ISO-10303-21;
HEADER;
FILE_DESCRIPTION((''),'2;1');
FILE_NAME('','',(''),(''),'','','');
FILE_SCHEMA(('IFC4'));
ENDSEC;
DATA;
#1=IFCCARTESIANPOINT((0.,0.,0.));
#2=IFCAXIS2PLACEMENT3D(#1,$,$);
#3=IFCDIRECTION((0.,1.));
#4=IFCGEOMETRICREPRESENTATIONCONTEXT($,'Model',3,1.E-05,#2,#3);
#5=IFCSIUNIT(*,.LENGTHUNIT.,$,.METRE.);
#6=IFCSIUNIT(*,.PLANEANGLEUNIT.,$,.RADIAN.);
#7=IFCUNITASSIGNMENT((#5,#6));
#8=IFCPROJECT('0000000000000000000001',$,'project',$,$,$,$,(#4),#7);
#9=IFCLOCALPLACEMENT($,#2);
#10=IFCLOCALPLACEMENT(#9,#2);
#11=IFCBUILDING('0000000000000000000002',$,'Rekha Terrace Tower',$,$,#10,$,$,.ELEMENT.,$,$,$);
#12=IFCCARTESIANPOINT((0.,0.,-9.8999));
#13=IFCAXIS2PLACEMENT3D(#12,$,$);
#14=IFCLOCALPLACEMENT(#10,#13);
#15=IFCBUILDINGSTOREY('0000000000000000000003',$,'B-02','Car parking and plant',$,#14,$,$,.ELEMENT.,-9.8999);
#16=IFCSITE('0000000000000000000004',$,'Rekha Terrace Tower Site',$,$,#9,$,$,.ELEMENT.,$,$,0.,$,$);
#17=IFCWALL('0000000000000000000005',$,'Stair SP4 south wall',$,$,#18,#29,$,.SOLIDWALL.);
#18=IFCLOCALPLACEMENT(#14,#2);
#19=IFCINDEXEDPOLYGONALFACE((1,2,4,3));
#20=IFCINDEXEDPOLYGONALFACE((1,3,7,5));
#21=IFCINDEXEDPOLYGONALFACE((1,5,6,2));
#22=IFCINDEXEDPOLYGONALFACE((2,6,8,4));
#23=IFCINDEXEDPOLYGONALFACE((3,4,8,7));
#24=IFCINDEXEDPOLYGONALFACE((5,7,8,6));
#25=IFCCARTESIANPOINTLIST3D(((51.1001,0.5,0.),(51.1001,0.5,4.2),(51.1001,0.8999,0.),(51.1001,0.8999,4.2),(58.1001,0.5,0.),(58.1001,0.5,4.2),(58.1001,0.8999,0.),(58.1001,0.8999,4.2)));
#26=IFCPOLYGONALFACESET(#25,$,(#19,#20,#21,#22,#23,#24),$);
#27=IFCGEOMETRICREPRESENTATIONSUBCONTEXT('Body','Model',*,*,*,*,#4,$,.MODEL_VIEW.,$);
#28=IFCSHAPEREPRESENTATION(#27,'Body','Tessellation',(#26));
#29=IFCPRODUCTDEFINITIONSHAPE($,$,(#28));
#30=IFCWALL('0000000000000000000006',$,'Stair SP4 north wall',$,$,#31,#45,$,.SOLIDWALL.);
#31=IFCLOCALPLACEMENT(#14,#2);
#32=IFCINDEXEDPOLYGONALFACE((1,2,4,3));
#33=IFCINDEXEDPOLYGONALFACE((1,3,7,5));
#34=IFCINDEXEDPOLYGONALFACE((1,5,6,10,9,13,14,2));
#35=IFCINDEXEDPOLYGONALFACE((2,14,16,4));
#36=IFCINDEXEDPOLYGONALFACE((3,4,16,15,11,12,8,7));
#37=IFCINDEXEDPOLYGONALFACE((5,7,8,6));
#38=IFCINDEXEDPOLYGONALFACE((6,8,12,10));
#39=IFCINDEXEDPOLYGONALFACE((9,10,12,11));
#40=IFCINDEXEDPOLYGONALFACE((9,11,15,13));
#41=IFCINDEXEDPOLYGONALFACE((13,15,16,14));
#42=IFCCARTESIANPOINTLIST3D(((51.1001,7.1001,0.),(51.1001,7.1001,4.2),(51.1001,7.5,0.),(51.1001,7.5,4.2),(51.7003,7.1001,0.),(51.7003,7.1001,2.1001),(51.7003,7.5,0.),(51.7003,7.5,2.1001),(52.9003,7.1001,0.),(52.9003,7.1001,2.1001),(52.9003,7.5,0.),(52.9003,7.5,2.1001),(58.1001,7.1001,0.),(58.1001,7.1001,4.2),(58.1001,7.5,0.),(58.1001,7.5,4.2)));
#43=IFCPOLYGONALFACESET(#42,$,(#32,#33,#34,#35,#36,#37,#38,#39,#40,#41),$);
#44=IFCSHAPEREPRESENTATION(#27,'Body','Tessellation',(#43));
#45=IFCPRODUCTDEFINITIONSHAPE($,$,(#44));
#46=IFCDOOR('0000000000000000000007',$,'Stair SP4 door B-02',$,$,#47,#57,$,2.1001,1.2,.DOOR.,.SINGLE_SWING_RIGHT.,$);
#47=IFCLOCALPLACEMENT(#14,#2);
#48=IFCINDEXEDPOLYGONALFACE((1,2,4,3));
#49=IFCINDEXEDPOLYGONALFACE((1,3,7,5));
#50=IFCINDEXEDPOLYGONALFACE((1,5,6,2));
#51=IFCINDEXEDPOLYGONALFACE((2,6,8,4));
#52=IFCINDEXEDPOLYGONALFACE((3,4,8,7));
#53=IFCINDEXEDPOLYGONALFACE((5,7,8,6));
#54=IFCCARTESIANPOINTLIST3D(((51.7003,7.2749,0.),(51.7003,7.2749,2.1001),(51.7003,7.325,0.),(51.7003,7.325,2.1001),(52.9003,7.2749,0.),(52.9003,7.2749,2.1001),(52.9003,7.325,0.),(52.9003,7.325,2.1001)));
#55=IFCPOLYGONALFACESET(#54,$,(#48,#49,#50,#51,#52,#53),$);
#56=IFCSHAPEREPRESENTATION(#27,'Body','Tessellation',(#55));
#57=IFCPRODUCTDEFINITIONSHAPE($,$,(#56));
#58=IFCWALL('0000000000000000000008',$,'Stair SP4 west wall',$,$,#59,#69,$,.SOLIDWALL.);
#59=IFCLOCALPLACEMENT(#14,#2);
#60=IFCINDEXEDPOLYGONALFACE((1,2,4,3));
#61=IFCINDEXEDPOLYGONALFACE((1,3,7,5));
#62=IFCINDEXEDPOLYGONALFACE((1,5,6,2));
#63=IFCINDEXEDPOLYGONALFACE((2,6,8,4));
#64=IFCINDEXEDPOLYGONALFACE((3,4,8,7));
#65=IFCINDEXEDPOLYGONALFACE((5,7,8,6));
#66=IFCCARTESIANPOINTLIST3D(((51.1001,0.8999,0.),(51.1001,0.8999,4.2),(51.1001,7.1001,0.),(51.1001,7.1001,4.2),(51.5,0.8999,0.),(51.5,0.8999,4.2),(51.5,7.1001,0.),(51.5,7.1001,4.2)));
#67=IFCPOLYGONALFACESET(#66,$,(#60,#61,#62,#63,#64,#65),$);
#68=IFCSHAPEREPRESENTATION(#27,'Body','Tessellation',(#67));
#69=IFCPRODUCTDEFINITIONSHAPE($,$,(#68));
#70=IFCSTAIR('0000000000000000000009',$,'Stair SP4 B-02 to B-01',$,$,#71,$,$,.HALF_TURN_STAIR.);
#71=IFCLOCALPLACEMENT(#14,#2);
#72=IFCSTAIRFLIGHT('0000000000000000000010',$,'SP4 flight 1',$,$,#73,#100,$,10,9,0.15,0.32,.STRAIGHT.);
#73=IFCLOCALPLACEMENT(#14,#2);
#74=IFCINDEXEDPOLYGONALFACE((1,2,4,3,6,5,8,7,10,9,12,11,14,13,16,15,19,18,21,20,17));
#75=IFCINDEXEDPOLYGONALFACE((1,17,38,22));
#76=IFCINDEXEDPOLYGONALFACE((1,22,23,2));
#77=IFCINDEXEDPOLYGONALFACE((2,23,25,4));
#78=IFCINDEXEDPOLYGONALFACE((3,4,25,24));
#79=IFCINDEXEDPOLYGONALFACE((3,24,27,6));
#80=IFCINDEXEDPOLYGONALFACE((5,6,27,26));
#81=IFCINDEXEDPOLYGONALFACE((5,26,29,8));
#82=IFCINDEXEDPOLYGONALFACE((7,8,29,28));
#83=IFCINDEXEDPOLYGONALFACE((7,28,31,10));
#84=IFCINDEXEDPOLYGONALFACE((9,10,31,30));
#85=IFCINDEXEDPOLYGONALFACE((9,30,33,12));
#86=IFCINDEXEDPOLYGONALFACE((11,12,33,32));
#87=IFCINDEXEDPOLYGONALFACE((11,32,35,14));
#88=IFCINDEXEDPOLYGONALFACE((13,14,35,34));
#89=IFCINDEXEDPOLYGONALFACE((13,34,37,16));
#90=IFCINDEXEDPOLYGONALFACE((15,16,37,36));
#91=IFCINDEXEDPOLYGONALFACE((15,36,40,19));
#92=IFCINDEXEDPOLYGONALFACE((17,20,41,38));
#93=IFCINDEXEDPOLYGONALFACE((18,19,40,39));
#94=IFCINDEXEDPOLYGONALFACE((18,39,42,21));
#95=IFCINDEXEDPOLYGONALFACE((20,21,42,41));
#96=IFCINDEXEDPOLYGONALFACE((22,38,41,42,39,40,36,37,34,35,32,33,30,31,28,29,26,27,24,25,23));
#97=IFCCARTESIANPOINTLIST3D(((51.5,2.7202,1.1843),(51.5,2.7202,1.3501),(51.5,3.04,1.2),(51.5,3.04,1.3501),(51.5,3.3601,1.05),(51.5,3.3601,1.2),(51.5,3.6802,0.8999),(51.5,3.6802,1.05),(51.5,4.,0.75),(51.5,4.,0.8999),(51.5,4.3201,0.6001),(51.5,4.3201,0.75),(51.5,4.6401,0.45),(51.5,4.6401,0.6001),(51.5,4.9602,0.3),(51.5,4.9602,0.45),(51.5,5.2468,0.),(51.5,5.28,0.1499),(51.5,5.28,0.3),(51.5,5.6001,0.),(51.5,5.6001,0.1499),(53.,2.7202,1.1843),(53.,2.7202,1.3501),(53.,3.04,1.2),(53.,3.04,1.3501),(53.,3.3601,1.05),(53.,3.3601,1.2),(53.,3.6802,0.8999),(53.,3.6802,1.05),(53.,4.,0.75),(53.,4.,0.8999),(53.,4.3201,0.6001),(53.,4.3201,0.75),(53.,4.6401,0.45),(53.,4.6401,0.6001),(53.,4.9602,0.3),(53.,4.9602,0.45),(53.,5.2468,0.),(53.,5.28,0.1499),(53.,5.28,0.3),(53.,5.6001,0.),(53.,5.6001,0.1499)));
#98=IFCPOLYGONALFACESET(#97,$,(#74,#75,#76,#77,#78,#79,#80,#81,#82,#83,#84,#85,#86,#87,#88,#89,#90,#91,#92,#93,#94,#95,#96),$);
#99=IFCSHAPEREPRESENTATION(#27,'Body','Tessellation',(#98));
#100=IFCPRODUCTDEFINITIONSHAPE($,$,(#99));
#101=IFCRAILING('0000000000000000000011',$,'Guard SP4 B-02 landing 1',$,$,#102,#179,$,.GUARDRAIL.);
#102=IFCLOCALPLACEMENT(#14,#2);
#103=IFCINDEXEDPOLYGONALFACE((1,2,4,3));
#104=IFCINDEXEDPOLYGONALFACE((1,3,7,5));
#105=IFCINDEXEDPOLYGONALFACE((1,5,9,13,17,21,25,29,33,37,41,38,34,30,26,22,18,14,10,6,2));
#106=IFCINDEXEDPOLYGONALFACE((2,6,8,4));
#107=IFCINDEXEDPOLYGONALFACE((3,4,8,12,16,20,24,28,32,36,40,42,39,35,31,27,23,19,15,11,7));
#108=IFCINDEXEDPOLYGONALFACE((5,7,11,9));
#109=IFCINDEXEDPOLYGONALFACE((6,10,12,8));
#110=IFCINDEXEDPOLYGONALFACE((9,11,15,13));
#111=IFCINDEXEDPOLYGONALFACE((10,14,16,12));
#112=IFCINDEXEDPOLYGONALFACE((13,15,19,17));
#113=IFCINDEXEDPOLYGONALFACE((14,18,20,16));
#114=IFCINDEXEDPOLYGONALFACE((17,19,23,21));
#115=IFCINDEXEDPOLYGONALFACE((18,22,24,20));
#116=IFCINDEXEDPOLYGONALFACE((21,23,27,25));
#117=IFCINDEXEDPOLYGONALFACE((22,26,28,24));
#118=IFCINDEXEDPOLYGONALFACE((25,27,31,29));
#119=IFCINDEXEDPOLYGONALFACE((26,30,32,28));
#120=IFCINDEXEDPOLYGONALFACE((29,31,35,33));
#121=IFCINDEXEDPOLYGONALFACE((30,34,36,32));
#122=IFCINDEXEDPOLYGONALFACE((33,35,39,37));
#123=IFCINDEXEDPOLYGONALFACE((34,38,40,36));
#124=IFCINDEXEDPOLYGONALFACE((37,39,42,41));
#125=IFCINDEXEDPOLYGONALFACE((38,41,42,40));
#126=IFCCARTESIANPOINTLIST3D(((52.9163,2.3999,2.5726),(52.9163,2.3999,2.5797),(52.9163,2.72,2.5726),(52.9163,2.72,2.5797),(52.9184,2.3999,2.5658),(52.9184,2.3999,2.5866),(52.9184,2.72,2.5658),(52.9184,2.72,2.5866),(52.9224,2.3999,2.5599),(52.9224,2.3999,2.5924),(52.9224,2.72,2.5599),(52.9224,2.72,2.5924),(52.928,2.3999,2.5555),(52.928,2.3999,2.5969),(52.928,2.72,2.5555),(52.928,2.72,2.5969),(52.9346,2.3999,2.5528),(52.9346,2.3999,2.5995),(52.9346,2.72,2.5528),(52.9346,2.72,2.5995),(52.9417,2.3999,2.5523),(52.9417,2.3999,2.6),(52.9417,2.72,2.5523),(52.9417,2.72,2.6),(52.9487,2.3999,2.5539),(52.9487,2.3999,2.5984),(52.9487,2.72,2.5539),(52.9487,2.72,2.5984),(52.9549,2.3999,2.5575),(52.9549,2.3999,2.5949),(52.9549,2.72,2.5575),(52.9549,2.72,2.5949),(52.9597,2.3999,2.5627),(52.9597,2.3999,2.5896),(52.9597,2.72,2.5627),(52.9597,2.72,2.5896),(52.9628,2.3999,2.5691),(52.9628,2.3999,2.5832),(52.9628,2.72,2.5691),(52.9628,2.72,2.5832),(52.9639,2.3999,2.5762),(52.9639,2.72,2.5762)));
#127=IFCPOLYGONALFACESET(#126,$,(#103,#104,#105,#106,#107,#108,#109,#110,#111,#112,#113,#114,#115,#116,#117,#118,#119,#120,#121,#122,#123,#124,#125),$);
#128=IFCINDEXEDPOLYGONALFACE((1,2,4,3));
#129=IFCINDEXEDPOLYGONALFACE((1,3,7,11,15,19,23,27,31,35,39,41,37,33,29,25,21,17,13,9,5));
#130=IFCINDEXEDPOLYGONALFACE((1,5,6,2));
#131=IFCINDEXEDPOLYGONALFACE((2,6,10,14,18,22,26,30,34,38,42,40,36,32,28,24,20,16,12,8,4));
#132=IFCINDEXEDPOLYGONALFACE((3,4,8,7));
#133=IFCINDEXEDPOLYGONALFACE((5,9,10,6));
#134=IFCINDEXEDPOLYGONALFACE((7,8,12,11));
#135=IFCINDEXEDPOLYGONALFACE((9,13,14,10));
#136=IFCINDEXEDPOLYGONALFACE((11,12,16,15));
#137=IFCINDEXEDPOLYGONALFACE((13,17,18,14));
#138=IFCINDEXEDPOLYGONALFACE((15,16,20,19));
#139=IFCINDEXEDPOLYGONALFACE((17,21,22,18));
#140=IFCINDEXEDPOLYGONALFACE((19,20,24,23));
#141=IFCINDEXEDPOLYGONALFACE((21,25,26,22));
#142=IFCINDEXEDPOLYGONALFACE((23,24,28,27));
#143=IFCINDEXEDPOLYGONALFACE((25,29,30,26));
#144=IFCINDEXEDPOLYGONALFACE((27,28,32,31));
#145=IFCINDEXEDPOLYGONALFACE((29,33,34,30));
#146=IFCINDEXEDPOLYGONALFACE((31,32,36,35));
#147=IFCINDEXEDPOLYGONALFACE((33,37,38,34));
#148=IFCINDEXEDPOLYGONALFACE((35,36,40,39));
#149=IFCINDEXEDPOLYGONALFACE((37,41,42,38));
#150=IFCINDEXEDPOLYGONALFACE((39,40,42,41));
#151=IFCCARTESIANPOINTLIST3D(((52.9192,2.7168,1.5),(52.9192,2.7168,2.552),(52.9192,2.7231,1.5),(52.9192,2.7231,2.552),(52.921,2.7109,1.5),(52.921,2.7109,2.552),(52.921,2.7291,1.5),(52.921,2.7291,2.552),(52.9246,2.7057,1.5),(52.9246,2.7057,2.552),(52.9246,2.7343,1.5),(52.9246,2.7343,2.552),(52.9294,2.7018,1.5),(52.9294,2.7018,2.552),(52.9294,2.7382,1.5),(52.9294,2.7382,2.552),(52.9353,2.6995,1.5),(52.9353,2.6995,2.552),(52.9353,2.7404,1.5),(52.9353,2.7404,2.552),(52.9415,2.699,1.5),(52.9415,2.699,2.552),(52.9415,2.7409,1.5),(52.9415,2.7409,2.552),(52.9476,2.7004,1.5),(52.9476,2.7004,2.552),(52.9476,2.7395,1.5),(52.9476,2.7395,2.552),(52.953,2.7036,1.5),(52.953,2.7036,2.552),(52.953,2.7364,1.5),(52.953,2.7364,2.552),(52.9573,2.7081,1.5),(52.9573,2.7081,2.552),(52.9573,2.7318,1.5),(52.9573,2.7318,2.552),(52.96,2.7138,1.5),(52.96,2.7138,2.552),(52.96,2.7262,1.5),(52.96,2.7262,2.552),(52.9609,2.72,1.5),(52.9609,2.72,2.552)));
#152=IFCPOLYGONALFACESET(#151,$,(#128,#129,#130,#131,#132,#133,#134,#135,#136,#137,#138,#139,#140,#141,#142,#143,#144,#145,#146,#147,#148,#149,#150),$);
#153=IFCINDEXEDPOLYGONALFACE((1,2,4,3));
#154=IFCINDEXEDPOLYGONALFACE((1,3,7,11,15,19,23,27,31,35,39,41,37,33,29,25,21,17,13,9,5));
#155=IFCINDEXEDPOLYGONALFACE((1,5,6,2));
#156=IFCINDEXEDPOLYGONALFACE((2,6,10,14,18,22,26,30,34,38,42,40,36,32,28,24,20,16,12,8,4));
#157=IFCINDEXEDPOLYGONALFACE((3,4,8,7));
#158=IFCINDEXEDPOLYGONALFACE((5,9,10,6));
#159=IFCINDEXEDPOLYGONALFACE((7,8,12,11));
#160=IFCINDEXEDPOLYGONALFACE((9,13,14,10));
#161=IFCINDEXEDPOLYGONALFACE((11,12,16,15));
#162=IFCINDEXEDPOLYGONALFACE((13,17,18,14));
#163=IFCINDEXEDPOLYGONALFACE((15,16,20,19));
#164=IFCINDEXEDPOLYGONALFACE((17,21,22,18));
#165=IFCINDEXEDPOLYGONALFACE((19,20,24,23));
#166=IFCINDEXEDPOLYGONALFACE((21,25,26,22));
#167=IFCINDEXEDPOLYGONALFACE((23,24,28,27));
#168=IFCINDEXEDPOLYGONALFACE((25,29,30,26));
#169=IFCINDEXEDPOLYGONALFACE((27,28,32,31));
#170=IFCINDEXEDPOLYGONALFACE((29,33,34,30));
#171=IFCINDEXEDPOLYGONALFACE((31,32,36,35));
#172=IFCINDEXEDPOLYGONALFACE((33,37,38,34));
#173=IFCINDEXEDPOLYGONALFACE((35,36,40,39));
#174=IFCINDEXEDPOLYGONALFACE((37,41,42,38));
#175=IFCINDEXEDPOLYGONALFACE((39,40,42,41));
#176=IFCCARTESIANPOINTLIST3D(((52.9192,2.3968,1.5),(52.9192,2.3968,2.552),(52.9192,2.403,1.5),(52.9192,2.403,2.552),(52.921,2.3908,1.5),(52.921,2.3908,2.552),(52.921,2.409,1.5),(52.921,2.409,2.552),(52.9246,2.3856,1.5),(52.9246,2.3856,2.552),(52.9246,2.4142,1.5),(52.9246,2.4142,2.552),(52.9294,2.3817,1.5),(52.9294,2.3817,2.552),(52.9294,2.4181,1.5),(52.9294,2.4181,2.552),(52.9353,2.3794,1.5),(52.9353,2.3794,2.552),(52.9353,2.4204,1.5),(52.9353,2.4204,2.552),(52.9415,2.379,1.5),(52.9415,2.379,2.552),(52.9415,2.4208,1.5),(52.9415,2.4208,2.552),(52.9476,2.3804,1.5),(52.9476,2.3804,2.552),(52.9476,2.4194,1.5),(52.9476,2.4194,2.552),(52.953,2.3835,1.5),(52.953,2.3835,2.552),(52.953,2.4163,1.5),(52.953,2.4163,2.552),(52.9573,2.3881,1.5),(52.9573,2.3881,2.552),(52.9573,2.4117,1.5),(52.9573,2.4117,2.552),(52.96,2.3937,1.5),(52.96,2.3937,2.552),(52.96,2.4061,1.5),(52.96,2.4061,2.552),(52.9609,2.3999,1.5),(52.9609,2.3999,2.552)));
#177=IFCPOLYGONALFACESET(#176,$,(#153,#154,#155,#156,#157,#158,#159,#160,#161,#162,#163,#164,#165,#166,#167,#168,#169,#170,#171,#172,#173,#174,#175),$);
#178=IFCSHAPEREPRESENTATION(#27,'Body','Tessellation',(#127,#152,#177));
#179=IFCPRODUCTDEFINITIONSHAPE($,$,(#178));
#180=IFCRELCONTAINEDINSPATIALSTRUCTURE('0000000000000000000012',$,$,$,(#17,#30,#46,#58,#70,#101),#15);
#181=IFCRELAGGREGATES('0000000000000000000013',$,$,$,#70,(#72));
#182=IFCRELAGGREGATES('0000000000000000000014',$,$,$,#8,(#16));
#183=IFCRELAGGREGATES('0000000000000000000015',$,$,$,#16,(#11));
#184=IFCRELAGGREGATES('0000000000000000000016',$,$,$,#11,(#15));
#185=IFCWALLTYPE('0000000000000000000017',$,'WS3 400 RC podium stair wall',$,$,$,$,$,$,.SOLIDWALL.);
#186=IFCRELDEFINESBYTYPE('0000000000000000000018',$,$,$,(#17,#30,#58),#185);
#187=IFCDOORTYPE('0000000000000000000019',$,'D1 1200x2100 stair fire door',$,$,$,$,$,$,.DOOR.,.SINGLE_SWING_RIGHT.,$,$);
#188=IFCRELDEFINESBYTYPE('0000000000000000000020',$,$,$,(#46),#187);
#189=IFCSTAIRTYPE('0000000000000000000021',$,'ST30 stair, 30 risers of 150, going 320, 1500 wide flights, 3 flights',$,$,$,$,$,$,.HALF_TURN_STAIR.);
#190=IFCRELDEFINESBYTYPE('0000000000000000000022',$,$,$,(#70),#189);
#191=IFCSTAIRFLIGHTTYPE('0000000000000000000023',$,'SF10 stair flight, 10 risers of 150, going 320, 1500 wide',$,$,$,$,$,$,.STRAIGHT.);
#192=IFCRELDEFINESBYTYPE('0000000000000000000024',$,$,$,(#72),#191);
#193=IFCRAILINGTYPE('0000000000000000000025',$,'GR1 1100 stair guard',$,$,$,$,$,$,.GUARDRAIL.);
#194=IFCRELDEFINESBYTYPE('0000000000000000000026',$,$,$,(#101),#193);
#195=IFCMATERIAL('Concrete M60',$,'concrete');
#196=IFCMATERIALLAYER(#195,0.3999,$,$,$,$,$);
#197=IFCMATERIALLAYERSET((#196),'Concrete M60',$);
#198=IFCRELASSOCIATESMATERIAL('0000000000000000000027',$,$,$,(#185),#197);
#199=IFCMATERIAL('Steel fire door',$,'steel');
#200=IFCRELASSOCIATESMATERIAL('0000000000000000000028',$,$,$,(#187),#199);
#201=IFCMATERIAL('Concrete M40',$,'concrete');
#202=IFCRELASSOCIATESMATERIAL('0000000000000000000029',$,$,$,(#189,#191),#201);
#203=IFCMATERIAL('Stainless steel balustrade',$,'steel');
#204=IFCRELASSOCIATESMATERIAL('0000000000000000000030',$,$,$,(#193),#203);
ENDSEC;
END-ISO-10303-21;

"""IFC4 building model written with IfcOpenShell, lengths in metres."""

from ifc_helpers import new_model, si_unit, direction, frame, frame_2d, origin, origin_2d, place, context, subcontext, project, spatial, polyline, rectangle, circle, outline, extrude, material, layer, layer_set, type_object, element, fill, aggregate, save


model = new_model("IFC4")

# Units and contexts
model_context = context("Model", 3, precision=1e-05, world=origin(), true_north=direction((0.0, 1.0)))
body_context = subcontext(model_context, "Body", "Model", "MODEL_VIEW")
ifc_project = project(units=[si_unit("LENGTHUNIT", "METRE"), si_unit("PLANEANGLEUNIT", "RADIAN")], contexts=[model_context])

# Site, building, storey
site_placement = place(None, origin())
site = spatial("IfcSite", under=ifc_project, at=site_placement, Name="Rekha Terrace Tower Site", CompositionType="ELEMENT", RefElevation=0.0)
building_placement = place(site_placement, origin())
building = spatial("IfcBuilding", under=site, at=building_placement, Name="Rekha Terrace Tower", CompositionType="ELEMENT")
storey_placement = place(building_placement, frame((0.0, 0.0, -9.8999)))
storey = spatial("IfcBuildingStorey", under=building, at=storey_placement, Name="B-02", Description="Car parking and plant", CompositionType="ELEMENT", Elevation=-9.8999)

# Shared definitions
ifc_material_1 = material(Name="Concrete M60", Category="concrete")

# Wall
ifc_material_2 = material(Name="Concrete M40", Category="concrete")
ifc_layer_1 = layer(ifc_material_1, 0.3999)
ifc_layer_set_1 = layer_set([ifc_layer_1], Name="Concrete M60")
wall_type_1 = type_object("IfcWallType", Name="WS3 400 RC podium stair wall", PredefinedType="SOLIDWALL", material=ifc_layer_set_1)
wall_1_placement = place(storey_placement, frame((51.1001, 0.7, 0.0), z_axis=(0.0, 0.0, 1.0), x_axis=(1.0, 0.0, 0.0)))
element("IfcWall", 1, at=wall_1_placement, inside=storey, type_object=wall_type_1, Name="Stair SP4 south wall", PredefinedType="SOLIDWALL", context=body_context, shape_type="SweptSolid", body=[
    extrude(rectangle(XDim=7.0, YDim=0.3999, at=frame_2d((3.5, 0.0))), origin(), (0.0, 0.0, 1.0), 4.2),
])

# Wall, opening, door
wall_2_placement = place(storey_placement, frame((51.1001, 7.3, 0.0), z_axis=(0.0, 0.0, 1.0), x_axis=(1.0, 0.0, 0.0)))
wall_2 = element("IfcWall", 2, at=wall_2_placement, inside=storey, type_object=wall_type_1, Name="Stair SP4 north wall", PredefinedType="SOLIDWALL", context=body_context, shape_type="SweptSolid", body=[
    extrude(rectangle(XDim=7.0, YDim=0.3999, at=frame_2d((3.5, 0.0))), origin(), (0.0, 0.0, 1.0), 4.2),
])
opening_placement = place(wall_2_placement, frame((0.6001, 0.0, 0.0)))
opening = element("IfcOpeningElement", 3, at=opening_placement, cuts=wall_2, PredefinedType="OPENING", context=body_context, shape_type="SweptSolid", body=[
    extrude(rectangle(XDim=1.2, YDim=2.1001, at=frame_2d((0.6001, 1.05))), frame((0.0, 0.21, 0.0), z_axis=(0.0, -1.0, 0.0), x_axis=(1.0, 0.0, 0.0)), (0.0, 0.0, 1.0), 0.4199),
])
ifc_material_3 = material(Name="Steel fire door", Category="steel")
door_type = type_object("IfcDoorType", Name="D1 1200x2100 stair fire door", OperationType="SINGLE_SWING_RIGHT", PredefinedType="DOOR", material=ifc_material_3)
door_placement = place(opening_placement, origin())
door = element("IfcDoor", 4, at=door_placement, inside=storey, type_object=door_type, Name="Stair SP4 door B-02", OperationType="SINGLE_SWING_RIGHT", OverallHeight=2.1001, OverallWidth=1.2, PredefinedType="DOOR", context=body_context, shape_type="SweptSolid", body=[
    extrude(rectangle(XDim=1.2, YDim=2.1001, at=frame_2d((0.6001, 1.05))), frame((0.0, 0.0249, 0.0), z_axis=(0.0, -1.0, 0.0), x_axis=(1.0, 0.0, 0.0)), (0.0, 0.0, 1.0), 0.05),
])
fill(opening, door)

# Wall
wall_3_placement = place(storey_placement, frame((51.3, 0.8999, 0.0), z_axis=(0.0, 0.0, 1.0), x_axis=(0.0, 1.0, 0.0)))
element("IfcWall", 5, at=wall_3_placement, inside=storey, type_object=wall_type_1, Name="Stair SP4 west wall", PredefinedType="SOLIDWALL", context=body_context, shape_type="SweptSolid", body=[
    extrude(rectangle(XDim=6.2002, YDim=0.3999, at=frame_2d((3.1001, 0.0))), origin(), (0.0, 0.0, 1.0), 4.2),
])

# Stair, stair flight
stair_type = type_object("IfcStairType", Name="ST30 stair, 30 risers of 150, going 320, 1500 wide flights, 3 flights", PredefinedType="HALF_TURN_STAIR", material=ifc_material_2)
stair_placement = place(storey_placement, origin())
stair = element("IfcStair", 6, at=stair_placement, inside=storey, type_object=stair_type, Name="Stair SP4 B-02 to B-01", PredefinedType="HALF_TURN_STAIR")
stair_flight_type = type_object("IfcStairFlightType", Name="SF10 stair flight, 10 risers of 150, going 320, 1500 wide", PredefinedType="STRAIGHT", material=ifc_material_2)
stair_flight_placement = place(storey_placement, frame((52.25, 5.6001, 0.0), z_axis=(0.0, 0.0, 1.0), x_axis=(0.0, -1.0, 0.0)))
stair_flight = element("IfcStairFlight", 7, at=stair_flight_placement, type_object=stair_flight_type, Name="SP4 flight 1", NumberOfRisers=10, NumberOfTreads=9, PredefinedType="STRAIGHT", RiserHeight=0.15, TreadLength=0.32, context=body_context, shape_type="SweptSolid", body=[
    extrude(outline(polyline([(0.0, 0.0), (0.0, 0.1499), (0.3201, 0.1499), (0.3201, 0.3), (0.6399, 0.3), (0.6399, 0.45), (0.96, 0.45), (0.96, 0.6001), (1.28, 0.6001), (1.28, 0.75), (1.6001, 0.75), (1.6001, 0.8999), (1.9199, 0.8999), (1.9199, 1.05), (2.24, 1.05), (2.24, 1.2), (2.5601, 1.2), (2.5601, 1.3501), (2.8799, 1.3501), (2.8799, 1.5), (2.8799, 1.1843), (0.3533, 0.0), (0.0, 0.0)])), frame((0.0, 0.75, 0.0), z_axis=(0.0, -1.0, 0.0), x_axis=(1.0, 0.0, 0.0)), (0.0, 0.0, 1.0), 1.5),
])
aggregate(stair, [stair_flight])

# Railing
ifc_material_4 = material(Name="Stainless steel balustrade", Category="steel")
railing_type_1 = type_object("IfcRailingType", Name="GR1 1100 stair guard", PredefinedType="GUARDRAIL", material=ifc_material_4)
railing_1_placement = place(storey_placement, frame((52.9399, 2.72, 1.5)))
element("IfcRailing", 8, at=railing_1_placement, inside=storey, type_object=railing_type_1, Name="Guard SP4 B-02 landing 1", PredefinedType="GUARDRAIL", context=body_context, shape_type="SweptSolid", body=[
    extrude(circle(Radius=0.0239, at=origin_2d()), frame((0.0, 0.0, 1.0762), z_axis=(0.0, -1.0, 0.0), x_axis=(1.0, 0.0, 0.0)), (0.0, 0.0, 1.0), 0.3201),
    extrude(circle(Radius=0.021, at=origin_2d()), origin(), (0.0, 0.0, 1.0), 1.052),
    extrude(circle(Radius=0.021, at=origin_2d()), frame((0.0, -0.3201, 0.0)), (0.0, 0.0, 1.0), 1.052),
])

save(model, "model.ifc")
